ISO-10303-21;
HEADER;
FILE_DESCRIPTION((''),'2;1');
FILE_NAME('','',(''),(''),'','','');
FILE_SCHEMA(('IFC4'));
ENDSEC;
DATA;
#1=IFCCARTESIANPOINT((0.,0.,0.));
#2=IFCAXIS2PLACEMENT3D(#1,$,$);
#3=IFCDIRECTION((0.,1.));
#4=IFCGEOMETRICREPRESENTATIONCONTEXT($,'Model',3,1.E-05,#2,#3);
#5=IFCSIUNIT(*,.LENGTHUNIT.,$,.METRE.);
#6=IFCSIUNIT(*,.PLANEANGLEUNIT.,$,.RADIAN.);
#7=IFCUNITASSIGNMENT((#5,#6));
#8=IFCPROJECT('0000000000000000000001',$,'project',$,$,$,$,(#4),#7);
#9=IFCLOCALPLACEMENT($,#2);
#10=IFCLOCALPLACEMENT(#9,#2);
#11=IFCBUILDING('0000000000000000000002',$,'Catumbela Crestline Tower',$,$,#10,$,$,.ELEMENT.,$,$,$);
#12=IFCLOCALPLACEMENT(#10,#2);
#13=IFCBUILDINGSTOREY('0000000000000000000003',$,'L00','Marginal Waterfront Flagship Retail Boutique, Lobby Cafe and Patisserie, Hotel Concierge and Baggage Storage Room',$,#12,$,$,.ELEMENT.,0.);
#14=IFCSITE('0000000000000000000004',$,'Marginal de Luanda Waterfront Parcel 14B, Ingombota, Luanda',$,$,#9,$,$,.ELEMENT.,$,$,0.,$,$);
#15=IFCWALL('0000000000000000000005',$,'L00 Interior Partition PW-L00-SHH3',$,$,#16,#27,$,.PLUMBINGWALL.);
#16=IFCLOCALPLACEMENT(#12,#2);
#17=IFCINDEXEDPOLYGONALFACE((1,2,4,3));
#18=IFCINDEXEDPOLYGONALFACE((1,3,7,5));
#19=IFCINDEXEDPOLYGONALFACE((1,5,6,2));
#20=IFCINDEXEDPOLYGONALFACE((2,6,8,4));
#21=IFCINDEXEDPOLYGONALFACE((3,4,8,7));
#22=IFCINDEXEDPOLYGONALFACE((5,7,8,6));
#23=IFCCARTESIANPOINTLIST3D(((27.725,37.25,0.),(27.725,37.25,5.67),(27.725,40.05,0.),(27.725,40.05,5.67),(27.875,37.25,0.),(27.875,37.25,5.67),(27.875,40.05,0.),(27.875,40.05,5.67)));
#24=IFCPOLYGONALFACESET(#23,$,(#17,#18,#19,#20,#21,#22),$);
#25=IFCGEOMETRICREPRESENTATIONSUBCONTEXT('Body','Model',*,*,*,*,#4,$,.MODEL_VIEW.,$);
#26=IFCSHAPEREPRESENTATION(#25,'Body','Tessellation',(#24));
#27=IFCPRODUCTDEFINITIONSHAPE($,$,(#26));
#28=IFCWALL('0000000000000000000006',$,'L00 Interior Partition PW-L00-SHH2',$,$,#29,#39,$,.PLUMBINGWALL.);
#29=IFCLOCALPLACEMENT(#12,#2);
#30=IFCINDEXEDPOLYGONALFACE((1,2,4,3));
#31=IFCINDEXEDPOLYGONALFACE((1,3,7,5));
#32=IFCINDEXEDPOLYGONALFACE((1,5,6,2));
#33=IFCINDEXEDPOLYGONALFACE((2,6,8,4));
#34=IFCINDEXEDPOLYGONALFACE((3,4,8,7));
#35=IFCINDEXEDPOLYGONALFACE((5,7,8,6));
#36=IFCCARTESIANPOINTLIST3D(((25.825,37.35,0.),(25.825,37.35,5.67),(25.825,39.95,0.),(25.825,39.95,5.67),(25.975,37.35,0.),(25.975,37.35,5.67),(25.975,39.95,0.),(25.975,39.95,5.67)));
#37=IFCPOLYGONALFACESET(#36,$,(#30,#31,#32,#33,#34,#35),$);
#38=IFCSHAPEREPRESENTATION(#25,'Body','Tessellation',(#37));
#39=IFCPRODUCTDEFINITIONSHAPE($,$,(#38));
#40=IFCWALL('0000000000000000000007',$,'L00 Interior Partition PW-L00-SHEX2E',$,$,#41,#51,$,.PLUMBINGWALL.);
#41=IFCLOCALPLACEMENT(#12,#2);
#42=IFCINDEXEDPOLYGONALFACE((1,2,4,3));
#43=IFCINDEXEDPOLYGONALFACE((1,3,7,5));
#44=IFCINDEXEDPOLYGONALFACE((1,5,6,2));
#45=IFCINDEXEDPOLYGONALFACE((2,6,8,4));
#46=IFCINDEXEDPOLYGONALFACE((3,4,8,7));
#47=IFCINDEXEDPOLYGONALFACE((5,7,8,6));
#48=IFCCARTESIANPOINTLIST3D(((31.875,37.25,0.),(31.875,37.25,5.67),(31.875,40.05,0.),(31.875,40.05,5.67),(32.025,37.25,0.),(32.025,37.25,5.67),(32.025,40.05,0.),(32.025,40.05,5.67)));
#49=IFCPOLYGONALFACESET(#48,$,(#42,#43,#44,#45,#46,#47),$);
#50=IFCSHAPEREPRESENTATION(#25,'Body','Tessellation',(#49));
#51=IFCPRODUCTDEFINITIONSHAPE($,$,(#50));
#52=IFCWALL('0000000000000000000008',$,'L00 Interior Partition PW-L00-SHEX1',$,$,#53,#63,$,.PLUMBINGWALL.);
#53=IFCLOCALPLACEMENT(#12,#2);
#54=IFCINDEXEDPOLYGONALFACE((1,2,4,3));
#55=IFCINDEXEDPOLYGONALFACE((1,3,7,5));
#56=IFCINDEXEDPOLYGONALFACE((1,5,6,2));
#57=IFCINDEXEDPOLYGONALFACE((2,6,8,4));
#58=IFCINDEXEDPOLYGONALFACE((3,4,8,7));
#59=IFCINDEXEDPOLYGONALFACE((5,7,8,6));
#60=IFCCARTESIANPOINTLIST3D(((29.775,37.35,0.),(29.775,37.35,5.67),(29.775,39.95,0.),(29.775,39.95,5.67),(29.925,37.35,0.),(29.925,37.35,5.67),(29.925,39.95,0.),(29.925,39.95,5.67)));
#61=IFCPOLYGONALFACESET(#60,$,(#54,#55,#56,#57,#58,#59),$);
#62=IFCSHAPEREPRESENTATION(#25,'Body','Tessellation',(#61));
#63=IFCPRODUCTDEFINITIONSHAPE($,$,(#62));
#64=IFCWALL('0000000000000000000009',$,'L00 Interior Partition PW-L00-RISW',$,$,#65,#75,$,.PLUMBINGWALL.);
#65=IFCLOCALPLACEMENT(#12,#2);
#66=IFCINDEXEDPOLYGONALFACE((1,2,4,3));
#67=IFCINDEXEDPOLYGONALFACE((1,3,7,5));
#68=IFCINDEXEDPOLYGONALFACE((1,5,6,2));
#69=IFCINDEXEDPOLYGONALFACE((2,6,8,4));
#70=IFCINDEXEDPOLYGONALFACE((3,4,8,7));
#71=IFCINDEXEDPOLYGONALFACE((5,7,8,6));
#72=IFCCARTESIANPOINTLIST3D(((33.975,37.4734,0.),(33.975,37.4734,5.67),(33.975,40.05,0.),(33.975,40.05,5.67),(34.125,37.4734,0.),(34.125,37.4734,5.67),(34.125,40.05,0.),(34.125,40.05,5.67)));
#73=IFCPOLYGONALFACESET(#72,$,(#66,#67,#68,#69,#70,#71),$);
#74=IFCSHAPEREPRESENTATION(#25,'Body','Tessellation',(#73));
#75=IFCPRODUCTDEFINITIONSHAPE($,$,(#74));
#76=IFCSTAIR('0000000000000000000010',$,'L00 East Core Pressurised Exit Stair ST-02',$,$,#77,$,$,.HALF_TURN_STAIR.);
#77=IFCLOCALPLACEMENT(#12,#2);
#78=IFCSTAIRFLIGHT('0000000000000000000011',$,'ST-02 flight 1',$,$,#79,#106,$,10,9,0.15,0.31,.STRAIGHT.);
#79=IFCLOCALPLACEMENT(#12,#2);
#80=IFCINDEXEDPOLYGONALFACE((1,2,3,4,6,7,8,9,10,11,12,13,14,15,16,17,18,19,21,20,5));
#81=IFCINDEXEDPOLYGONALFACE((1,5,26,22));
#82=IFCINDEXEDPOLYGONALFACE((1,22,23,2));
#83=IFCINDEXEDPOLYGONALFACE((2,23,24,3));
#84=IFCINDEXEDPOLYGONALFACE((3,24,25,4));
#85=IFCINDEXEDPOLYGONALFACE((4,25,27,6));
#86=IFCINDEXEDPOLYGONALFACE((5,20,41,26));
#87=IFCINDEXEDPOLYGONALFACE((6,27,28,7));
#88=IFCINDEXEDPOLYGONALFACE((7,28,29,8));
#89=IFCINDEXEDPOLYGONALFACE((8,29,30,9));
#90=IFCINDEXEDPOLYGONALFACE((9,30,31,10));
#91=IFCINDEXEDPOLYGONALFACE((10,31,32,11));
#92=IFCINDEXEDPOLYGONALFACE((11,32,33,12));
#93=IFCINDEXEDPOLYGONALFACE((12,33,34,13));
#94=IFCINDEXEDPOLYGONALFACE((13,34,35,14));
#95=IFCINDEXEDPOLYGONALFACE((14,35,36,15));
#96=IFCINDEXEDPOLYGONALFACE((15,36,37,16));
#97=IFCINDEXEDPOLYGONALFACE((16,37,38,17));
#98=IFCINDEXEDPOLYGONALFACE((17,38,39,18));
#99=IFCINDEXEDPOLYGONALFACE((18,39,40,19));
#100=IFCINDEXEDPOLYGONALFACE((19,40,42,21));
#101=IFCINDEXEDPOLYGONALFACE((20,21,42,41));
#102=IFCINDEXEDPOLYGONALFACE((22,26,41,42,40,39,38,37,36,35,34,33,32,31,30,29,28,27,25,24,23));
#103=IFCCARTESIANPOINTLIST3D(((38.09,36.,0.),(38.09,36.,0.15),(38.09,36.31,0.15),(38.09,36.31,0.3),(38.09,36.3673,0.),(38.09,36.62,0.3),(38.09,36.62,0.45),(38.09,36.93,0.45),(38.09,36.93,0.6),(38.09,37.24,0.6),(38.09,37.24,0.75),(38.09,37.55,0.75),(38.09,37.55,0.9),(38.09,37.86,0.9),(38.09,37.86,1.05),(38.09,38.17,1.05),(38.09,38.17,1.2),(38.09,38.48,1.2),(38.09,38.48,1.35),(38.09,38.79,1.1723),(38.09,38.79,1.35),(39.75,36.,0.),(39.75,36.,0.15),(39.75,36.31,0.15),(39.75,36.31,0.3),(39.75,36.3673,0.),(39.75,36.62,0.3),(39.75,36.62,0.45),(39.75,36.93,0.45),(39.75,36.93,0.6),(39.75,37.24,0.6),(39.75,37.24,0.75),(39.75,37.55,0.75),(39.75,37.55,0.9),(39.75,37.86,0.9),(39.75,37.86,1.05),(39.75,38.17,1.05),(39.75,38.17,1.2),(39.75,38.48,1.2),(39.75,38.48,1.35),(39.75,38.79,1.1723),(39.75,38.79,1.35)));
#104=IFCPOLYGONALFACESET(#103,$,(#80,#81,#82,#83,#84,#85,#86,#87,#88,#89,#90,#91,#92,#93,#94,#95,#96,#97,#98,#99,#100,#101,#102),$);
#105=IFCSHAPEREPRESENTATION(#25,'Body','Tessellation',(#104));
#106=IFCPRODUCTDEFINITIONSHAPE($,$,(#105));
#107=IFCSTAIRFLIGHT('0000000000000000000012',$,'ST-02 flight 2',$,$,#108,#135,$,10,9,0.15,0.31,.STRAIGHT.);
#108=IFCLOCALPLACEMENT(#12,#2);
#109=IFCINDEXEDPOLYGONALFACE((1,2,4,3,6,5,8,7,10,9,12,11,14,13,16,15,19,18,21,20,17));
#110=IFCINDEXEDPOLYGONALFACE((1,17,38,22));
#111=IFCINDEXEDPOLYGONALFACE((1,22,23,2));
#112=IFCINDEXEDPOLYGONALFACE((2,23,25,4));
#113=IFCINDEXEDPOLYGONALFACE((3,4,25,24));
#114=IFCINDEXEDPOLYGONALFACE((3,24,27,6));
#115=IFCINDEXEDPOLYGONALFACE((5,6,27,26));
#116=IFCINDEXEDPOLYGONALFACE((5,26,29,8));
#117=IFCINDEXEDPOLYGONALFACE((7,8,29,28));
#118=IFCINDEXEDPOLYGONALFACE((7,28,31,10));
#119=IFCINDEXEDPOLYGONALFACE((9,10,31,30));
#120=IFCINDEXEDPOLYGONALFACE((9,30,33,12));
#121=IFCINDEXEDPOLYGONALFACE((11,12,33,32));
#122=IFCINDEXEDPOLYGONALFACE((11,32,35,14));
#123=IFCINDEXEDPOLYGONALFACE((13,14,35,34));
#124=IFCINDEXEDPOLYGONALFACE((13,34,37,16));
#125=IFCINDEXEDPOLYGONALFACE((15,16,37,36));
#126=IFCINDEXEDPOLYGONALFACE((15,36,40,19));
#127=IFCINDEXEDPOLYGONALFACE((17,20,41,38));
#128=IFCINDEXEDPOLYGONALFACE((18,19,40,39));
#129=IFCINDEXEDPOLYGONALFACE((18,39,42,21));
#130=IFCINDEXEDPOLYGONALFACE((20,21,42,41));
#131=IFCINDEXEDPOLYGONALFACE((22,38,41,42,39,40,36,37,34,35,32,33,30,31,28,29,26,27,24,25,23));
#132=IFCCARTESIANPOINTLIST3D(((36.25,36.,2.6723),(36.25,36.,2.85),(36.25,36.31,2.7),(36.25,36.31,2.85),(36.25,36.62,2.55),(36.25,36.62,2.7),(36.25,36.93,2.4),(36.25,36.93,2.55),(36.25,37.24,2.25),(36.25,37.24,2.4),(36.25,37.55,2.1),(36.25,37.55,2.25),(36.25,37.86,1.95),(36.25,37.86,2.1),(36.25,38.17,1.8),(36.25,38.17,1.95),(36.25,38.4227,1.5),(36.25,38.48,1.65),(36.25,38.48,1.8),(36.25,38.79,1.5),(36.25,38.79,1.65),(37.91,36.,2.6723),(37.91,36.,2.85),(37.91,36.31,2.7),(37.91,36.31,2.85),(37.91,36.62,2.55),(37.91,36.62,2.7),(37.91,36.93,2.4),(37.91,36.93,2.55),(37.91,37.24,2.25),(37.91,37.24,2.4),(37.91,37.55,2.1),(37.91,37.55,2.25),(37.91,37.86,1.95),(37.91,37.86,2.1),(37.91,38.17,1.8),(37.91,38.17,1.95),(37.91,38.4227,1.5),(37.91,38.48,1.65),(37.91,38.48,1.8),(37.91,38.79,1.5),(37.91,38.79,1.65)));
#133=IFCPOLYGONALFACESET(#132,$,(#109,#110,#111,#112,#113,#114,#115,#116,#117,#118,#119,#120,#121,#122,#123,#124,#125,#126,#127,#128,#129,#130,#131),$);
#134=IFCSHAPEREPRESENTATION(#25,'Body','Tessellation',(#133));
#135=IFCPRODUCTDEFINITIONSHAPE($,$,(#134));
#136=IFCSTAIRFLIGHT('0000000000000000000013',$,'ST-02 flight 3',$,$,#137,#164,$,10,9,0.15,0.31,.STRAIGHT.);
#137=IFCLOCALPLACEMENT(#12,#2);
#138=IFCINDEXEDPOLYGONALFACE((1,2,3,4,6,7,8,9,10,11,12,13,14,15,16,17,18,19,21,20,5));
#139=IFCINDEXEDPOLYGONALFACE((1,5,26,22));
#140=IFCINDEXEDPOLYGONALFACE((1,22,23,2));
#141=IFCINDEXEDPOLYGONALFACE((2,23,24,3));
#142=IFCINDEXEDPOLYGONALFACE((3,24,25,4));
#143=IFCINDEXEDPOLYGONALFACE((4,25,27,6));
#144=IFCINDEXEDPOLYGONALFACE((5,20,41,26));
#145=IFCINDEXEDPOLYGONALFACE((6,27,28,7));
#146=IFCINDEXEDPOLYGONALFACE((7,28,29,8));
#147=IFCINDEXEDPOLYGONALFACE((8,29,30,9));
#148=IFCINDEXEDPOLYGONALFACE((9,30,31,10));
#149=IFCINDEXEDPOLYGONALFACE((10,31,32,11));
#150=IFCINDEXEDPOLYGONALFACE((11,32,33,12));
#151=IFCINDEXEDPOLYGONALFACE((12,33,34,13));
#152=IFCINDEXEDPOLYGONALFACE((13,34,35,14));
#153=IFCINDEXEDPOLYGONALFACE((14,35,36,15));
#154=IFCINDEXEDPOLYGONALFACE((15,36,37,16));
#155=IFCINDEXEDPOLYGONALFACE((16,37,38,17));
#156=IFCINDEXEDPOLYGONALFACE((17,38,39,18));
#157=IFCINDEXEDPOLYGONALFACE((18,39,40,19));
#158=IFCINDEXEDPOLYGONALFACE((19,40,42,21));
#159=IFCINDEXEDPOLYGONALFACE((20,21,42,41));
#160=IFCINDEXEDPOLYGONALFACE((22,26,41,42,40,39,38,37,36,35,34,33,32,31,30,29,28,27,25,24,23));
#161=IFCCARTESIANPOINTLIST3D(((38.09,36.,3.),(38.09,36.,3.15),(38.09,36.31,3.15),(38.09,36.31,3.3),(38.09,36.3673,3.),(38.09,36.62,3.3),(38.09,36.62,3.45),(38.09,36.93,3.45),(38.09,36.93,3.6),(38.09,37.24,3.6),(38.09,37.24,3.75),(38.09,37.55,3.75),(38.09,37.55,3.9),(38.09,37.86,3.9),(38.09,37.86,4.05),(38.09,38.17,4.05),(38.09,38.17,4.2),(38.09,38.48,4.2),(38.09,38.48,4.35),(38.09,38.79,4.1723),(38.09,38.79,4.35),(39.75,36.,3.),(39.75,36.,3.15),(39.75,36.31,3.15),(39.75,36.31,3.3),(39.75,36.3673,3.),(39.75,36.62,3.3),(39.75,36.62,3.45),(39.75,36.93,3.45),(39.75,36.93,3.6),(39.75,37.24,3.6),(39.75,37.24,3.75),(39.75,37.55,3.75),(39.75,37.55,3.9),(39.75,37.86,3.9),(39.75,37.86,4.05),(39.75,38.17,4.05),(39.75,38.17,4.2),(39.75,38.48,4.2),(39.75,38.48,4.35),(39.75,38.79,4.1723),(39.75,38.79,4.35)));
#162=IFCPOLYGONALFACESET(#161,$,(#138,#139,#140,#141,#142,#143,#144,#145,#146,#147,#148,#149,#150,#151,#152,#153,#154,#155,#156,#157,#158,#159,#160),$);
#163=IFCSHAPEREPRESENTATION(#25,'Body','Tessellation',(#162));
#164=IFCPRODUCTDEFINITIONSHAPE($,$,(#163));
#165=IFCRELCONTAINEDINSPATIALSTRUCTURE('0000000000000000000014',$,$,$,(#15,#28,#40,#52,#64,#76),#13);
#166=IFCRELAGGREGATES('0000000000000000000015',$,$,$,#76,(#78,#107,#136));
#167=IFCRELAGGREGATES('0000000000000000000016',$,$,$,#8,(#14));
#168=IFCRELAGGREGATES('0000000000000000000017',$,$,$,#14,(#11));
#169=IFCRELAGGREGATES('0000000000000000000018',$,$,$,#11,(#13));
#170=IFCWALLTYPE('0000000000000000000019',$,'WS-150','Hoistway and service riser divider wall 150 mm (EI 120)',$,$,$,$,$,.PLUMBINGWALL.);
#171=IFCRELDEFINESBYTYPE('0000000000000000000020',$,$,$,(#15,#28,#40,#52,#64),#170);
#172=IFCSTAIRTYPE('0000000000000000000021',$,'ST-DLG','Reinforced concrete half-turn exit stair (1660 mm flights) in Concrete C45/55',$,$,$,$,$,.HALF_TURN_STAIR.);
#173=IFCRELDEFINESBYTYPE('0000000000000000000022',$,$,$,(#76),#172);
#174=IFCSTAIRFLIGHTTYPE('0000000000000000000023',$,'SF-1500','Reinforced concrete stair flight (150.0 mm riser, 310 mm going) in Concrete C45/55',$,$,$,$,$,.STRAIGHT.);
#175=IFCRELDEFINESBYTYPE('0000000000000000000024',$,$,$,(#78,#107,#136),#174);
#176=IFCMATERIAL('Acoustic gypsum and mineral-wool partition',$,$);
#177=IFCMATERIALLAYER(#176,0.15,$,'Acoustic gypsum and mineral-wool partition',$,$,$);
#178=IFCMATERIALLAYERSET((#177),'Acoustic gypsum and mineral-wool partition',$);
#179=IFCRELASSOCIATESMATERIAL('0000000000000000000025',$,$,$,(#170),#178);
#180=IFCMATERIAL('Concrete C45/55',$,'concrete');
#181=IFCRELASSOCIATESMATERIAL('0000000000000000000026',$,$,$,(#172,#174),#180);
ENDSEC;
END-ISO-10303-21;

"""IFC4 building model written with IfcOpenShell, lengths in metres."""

from ifc_helpers import new_model, si_unit, direction, frame, frame_2d, origin, place, context, subcontext, project, spatial, polyline, rectangle, outline, extrude, material, layer, layer_set, type_object, element, aggregate, save


model = new_model("IFC4")

# Units and contexts
model_context = context("Model", 3, precision=1e-05, world=origin(), true_north=direction((0.0, 1.0)))
body_context = subcontext(model_context, "Body", "Model", "MODEL_VIEW")
ifc_project = project(units=[si_unit("LENGTHUNIT", "METRE"), si_unit("PLANEANGLEUNIT", "RADIAN")], contexts=[model_context])

# Site, building, storey
site_placement = place(None, origin())
site = spatial("IfcSite", under=ifc_project, at=site_placement, Name="Marginal de Luanda Waterfront Parcel 14B, Ingombota, Luanda", CompositionType="ELEMENT", RefElevation=0.0)
building_placement = place(site_placement, origin())
building = spatial("IfcBuilding", under=site, at=building_placement, Name="Catumbela Crestline Tower", CompositionType="ELEMENT")
storey_placement = place(building_placement, origin())
storey = spatial("IfcBuildingStorey", under=building, at=storey_placement, Name="L00", Description="Marginal Waterfront Flagship Retail Boutique, Lobby Cafe and Patisserie, Hotel Concierge and Baggage Storage Room", CompositionType="ELEMENT", Elevation=0.0)

# Walls
ifc_material_1 = material(Name="Acoustic gypsum and mineral-wool partition")
ifc_layer_1 = layer(ifc_material_1, 0.15, Name="Acoustic gypsum and mineral-wool partition")
ifc_layer_set_1 = layer_set([ifc_layer_1], Name="Acoustic gypsum and mineral-wool partition")
wall_type_1 = type_object("IfcWallType", Name="WS-150", Description="Hoistway and service riser divider wall 150 mm (EI 120)", PredefinedType="PLUMBINGWALL", material=ifc_layer_set_1)
wall_1_placement = place(storey_placement, frame((27.8, 37.25, 0.0), z_axis=(0.0, 0.0, 1.0), x_axis=(0.0, 1.0, 0.0)))
element("IfcWall", 1, at=wall_1_placement, inside=storey, type_object=wall_type_1, Name="L00 Interior Partition PW-L00-SHH3", PredefinedType="PLUMBINGWALL", context=body_context, shape_type="SweptSolid", body=[
    extrude(rectangle(XDim=2.8, YDim=0.15, at=frame_2d((1.4, 0.0))), origin(), (0.0, 0.0, 1.0), 5.67),
])
wall_2_placement = place(storey_placement, frame((25.9, 37.35, 0.0), z_axis=(0.0, 0.0, 1.0), x_axis=(0.0, 1.0, 0.0)))
element("IfcWall", 2, at=wall_2_placement, inside=storey, type_object=wall_type_1, Name="L00 Interior Partition PW-L00-SHH2", PredefinedType="PLUMBINGWALL", context=body_context, shape_type="SweptSolid", body=[
    extrude(rectangle(XDim=2.6, YDim=0.15, at=frame_2d((1.3, 0.0))), origin(), (0.0, 0.0, 1.0), 5.67),
])
wall_3_placement = place(storey_placement, frame((31.95, 37.25, 0.0), z_axis=(0.0, 0.0, 1.0), x_axis=(0.0, 1.0, 0.0)))
element("IfcWall", 3, at=wall_3_placement, inside=storey, type_object=wall_type_1, Name="L00 Interior Partition PW-L00-SHEX2E", PredefinedType="PLUMBINGWALL", context=body_context, shape_type="SweptSolid", body=[
    extrude(rectangle(XDim=2.8, YDim=0.15, at=frame_2d((1.4, 0.0))), origin(), (0.0, 0.0, 1.0), 5.67),
])
wall_4_placement = place(storey_placement, frame((29.85, 37.35, 0.0), z_axis=(0.0, 0.0, 1.0), x_axis=(0.0, 1.0, 0.0)))
element("IfcWall", 4, at=wall_4_placement, inside=storey, type_object=wall_type_1, Name="L00 Interior Partition PW-L00-SHEX1", PredefinedType="PLUMBINGWALL", context=body_context, shape_type="SweptSolid", body=[
    extrude(rectangle(XDim=2.6, YDim=0.15, at=frame_2d((1.3, 0.0))), origin(), (0.0, 0.0, 1.0), 5.67),
])
wall_5_placement = place(storey_placement, frame((34.05, 37.4734, 0.0), z_axis=(0.0, 0.0, 1.0), x_axis=(0.0, 1.0, 0.0)))
element("IfcWall", 5, at=wall_5_placement, inside=storey, type_object=wall_type_1, Name="L00 Interior Partition PW-L00-RISW", PredefinedType="PLUMBINGWALL", context=body_context, shape_type="SweptSolid", body=[
    extrude(rectangle(XDim=2.5766, YDim=0.15, at=frame_2d((1.2883, 0.0))), origin(), (0.0, 0.0, 1.0), 5.67),
])

# Stair, stair flights
ifc_material_2 = material(Name="Concrete C45/55", Category="concrete")
stair_type = type_object("IfcStairType", Name="ST-DLG", Description="Reinforced concrete half-turn exit stair (1660 mm flights) in Concrete C45/55", PredefinedType="HALF_TURN_STAIR", material=ifc_material_2)
stair_placement = place(storey_placement, origin())
stair = element("IfcStair", 6, at=stair_placement, inside=storey, type_object=stair_type, Name="L00 East Core Pressurised Exit Stair ST-02", PredefinedType="HALF_TURN_STAIR")
stair_flight_type = type_object("IfcStairFlightType", Name="SF-1500", Description="Reinforced concrete stair flight (150.0 mm riser, 310 mm going) in Concrete C45/55", PredefinedType="STRAIGHT", material=ifc_material_2)
stair_flight_1_placement = place(storey_placement, frame((38.92, 36.0, 0.0), z_axis=(0.0, 0.0, 1.0), x_axis=(0.0, 1.0, 0.0)))
stair_flight_1 = element("IfcStairFlight", 7, at=stair_flight_1_placement, type_object=stair_flight_type, Name="ST-02 flight 1", NumberOfRisers=10, NumberOfTreads=9, PredefinedType="STRAIGHT", RiserHeight=0.15, TreadLength=0.31, context=body_context, shape_type="SweptSolid", body=[
    extrude(outline(polyline([(0.0, 0.0), (0.0, 0.15), (0.31, 0.15), (0.31, 0.3), (0.62, 0.3), (0.62, 0.45), (0.93, 0.45), (0.93, 0.6), (1.24, 0.6), (1.24, 0.75), (1.55, 0.75), (1.55, 0.9), (1.86, 0.9), (1.86, 1.05), (2.17, 1.05), (2.17, 1.2), (2.48, 1.2), (2.48, 1.35), (2.79, 1.35), (2.79, 1.5), (2.79, 1.1723), (0.3673, 0.0), (0.0, 0.0)])), frame((0.0, 0.83, 0.0), z_axis=(0.0, -1.0, 0.0), x_axis=(1.0, 0.0, 0.0)), (0.0, 0.0, 1.0), 1.66),
])
stair_flight_2_placement = place(storey_placement, frame((37.08, 38.79, 1.5), z_axis=(0.0, 0.0, 1.0), x_axis=(0.0, -1.0, 0.0)))
stair_flight_2 = element("IfcStairFlight", 8, at=stair_flight_2_placement, type_object=stair_flight_type, Name="ST-02 flight 2", NumberOfRisers=10, NumberOfTreads=9, PredefinedType="STRAIGHT", RiserHeight=0.15, TreadLength=0.31, context=body_context, shape_type="SweptSolid", body=[
    extrude(outline(polyline([(0.0, 0.0), (0.0, 0.15), (0.31, 0.15), (0.31, 0.3), (0.62, 0.3), (0.62, 0.45), (0.93, 0.45), (0.93, 0.6), (1.24, 0.6), (1.24, 0.75), (1.55, 0.75), (1.55, 0.9), (1.86, 0.9), (1.86, 1.05), (2.17, 1.05), (2.17, 1.2), (2.48, 1.2), (2.48, 1.35), (2.79, 1.35), (2.79, 1.5), (2.79, 1.1723), (0.3673, 0.0), (0.0, 0.0)])), frame((0.0, 0.83, 0.0), z_axis=(0.0, -1.0, 0.0), x_axis=(1.0, 0.0, 0.0)), (0.0, 0.0, 1.0), 1.66),
])
stair_flight_3_placement = place(storey_placement, frame((38.92, 36.0, 3.0), z_axis=(0.0, 0.0, 1.0), x_axis=(0.0, 1.0, 0.0)))
stair_flight_3 = element("IfcStairFlight", 9, at=stair_flight_3_placement, type_object=stair_flight_type, Name="ST-02 flight 3", NumberOfRisers=10, NumberOfTreads=9, PredefinedType="STRAIGHT", RiserHeight=0.15, TreadLength=0.31, context=body_context, shape_type="SweptSolid", body=[
    extrude(outline(polyline([(0.0, 0.0), (0.0, 0.15), (0.31, 0.15), (0.31, 0.3), (0.62, 0.3), (0.62, 0.45), (0.93, 0.45), (0.93, 0.6), (1.24, 0.6), (1.24, 0.75), (1.55, 0.75), (1.55, 0.9), (1.86, 0.9), (1.86, 1.05), (2.17, 1.05), (2.17, 1.2), (2.48, 1.2), (2.48, 1.35), (2.79, 1.35), (2.79, 1.5), (2.79, 1.1723), (0.3673, 0.0), (0.0, 0.0)])), frame((0.0, 0.83, 0.0), z_axis=(0.0, -1.0, 0.0), x_axis=(1.0, 0.0, 0.0)), (0.0, 0.0, 1.0), 1.66),
])
aggregate(stair, [stair_flight_1, stair_flight_2, stair_flight_3])

save(model, "model.ifc")
